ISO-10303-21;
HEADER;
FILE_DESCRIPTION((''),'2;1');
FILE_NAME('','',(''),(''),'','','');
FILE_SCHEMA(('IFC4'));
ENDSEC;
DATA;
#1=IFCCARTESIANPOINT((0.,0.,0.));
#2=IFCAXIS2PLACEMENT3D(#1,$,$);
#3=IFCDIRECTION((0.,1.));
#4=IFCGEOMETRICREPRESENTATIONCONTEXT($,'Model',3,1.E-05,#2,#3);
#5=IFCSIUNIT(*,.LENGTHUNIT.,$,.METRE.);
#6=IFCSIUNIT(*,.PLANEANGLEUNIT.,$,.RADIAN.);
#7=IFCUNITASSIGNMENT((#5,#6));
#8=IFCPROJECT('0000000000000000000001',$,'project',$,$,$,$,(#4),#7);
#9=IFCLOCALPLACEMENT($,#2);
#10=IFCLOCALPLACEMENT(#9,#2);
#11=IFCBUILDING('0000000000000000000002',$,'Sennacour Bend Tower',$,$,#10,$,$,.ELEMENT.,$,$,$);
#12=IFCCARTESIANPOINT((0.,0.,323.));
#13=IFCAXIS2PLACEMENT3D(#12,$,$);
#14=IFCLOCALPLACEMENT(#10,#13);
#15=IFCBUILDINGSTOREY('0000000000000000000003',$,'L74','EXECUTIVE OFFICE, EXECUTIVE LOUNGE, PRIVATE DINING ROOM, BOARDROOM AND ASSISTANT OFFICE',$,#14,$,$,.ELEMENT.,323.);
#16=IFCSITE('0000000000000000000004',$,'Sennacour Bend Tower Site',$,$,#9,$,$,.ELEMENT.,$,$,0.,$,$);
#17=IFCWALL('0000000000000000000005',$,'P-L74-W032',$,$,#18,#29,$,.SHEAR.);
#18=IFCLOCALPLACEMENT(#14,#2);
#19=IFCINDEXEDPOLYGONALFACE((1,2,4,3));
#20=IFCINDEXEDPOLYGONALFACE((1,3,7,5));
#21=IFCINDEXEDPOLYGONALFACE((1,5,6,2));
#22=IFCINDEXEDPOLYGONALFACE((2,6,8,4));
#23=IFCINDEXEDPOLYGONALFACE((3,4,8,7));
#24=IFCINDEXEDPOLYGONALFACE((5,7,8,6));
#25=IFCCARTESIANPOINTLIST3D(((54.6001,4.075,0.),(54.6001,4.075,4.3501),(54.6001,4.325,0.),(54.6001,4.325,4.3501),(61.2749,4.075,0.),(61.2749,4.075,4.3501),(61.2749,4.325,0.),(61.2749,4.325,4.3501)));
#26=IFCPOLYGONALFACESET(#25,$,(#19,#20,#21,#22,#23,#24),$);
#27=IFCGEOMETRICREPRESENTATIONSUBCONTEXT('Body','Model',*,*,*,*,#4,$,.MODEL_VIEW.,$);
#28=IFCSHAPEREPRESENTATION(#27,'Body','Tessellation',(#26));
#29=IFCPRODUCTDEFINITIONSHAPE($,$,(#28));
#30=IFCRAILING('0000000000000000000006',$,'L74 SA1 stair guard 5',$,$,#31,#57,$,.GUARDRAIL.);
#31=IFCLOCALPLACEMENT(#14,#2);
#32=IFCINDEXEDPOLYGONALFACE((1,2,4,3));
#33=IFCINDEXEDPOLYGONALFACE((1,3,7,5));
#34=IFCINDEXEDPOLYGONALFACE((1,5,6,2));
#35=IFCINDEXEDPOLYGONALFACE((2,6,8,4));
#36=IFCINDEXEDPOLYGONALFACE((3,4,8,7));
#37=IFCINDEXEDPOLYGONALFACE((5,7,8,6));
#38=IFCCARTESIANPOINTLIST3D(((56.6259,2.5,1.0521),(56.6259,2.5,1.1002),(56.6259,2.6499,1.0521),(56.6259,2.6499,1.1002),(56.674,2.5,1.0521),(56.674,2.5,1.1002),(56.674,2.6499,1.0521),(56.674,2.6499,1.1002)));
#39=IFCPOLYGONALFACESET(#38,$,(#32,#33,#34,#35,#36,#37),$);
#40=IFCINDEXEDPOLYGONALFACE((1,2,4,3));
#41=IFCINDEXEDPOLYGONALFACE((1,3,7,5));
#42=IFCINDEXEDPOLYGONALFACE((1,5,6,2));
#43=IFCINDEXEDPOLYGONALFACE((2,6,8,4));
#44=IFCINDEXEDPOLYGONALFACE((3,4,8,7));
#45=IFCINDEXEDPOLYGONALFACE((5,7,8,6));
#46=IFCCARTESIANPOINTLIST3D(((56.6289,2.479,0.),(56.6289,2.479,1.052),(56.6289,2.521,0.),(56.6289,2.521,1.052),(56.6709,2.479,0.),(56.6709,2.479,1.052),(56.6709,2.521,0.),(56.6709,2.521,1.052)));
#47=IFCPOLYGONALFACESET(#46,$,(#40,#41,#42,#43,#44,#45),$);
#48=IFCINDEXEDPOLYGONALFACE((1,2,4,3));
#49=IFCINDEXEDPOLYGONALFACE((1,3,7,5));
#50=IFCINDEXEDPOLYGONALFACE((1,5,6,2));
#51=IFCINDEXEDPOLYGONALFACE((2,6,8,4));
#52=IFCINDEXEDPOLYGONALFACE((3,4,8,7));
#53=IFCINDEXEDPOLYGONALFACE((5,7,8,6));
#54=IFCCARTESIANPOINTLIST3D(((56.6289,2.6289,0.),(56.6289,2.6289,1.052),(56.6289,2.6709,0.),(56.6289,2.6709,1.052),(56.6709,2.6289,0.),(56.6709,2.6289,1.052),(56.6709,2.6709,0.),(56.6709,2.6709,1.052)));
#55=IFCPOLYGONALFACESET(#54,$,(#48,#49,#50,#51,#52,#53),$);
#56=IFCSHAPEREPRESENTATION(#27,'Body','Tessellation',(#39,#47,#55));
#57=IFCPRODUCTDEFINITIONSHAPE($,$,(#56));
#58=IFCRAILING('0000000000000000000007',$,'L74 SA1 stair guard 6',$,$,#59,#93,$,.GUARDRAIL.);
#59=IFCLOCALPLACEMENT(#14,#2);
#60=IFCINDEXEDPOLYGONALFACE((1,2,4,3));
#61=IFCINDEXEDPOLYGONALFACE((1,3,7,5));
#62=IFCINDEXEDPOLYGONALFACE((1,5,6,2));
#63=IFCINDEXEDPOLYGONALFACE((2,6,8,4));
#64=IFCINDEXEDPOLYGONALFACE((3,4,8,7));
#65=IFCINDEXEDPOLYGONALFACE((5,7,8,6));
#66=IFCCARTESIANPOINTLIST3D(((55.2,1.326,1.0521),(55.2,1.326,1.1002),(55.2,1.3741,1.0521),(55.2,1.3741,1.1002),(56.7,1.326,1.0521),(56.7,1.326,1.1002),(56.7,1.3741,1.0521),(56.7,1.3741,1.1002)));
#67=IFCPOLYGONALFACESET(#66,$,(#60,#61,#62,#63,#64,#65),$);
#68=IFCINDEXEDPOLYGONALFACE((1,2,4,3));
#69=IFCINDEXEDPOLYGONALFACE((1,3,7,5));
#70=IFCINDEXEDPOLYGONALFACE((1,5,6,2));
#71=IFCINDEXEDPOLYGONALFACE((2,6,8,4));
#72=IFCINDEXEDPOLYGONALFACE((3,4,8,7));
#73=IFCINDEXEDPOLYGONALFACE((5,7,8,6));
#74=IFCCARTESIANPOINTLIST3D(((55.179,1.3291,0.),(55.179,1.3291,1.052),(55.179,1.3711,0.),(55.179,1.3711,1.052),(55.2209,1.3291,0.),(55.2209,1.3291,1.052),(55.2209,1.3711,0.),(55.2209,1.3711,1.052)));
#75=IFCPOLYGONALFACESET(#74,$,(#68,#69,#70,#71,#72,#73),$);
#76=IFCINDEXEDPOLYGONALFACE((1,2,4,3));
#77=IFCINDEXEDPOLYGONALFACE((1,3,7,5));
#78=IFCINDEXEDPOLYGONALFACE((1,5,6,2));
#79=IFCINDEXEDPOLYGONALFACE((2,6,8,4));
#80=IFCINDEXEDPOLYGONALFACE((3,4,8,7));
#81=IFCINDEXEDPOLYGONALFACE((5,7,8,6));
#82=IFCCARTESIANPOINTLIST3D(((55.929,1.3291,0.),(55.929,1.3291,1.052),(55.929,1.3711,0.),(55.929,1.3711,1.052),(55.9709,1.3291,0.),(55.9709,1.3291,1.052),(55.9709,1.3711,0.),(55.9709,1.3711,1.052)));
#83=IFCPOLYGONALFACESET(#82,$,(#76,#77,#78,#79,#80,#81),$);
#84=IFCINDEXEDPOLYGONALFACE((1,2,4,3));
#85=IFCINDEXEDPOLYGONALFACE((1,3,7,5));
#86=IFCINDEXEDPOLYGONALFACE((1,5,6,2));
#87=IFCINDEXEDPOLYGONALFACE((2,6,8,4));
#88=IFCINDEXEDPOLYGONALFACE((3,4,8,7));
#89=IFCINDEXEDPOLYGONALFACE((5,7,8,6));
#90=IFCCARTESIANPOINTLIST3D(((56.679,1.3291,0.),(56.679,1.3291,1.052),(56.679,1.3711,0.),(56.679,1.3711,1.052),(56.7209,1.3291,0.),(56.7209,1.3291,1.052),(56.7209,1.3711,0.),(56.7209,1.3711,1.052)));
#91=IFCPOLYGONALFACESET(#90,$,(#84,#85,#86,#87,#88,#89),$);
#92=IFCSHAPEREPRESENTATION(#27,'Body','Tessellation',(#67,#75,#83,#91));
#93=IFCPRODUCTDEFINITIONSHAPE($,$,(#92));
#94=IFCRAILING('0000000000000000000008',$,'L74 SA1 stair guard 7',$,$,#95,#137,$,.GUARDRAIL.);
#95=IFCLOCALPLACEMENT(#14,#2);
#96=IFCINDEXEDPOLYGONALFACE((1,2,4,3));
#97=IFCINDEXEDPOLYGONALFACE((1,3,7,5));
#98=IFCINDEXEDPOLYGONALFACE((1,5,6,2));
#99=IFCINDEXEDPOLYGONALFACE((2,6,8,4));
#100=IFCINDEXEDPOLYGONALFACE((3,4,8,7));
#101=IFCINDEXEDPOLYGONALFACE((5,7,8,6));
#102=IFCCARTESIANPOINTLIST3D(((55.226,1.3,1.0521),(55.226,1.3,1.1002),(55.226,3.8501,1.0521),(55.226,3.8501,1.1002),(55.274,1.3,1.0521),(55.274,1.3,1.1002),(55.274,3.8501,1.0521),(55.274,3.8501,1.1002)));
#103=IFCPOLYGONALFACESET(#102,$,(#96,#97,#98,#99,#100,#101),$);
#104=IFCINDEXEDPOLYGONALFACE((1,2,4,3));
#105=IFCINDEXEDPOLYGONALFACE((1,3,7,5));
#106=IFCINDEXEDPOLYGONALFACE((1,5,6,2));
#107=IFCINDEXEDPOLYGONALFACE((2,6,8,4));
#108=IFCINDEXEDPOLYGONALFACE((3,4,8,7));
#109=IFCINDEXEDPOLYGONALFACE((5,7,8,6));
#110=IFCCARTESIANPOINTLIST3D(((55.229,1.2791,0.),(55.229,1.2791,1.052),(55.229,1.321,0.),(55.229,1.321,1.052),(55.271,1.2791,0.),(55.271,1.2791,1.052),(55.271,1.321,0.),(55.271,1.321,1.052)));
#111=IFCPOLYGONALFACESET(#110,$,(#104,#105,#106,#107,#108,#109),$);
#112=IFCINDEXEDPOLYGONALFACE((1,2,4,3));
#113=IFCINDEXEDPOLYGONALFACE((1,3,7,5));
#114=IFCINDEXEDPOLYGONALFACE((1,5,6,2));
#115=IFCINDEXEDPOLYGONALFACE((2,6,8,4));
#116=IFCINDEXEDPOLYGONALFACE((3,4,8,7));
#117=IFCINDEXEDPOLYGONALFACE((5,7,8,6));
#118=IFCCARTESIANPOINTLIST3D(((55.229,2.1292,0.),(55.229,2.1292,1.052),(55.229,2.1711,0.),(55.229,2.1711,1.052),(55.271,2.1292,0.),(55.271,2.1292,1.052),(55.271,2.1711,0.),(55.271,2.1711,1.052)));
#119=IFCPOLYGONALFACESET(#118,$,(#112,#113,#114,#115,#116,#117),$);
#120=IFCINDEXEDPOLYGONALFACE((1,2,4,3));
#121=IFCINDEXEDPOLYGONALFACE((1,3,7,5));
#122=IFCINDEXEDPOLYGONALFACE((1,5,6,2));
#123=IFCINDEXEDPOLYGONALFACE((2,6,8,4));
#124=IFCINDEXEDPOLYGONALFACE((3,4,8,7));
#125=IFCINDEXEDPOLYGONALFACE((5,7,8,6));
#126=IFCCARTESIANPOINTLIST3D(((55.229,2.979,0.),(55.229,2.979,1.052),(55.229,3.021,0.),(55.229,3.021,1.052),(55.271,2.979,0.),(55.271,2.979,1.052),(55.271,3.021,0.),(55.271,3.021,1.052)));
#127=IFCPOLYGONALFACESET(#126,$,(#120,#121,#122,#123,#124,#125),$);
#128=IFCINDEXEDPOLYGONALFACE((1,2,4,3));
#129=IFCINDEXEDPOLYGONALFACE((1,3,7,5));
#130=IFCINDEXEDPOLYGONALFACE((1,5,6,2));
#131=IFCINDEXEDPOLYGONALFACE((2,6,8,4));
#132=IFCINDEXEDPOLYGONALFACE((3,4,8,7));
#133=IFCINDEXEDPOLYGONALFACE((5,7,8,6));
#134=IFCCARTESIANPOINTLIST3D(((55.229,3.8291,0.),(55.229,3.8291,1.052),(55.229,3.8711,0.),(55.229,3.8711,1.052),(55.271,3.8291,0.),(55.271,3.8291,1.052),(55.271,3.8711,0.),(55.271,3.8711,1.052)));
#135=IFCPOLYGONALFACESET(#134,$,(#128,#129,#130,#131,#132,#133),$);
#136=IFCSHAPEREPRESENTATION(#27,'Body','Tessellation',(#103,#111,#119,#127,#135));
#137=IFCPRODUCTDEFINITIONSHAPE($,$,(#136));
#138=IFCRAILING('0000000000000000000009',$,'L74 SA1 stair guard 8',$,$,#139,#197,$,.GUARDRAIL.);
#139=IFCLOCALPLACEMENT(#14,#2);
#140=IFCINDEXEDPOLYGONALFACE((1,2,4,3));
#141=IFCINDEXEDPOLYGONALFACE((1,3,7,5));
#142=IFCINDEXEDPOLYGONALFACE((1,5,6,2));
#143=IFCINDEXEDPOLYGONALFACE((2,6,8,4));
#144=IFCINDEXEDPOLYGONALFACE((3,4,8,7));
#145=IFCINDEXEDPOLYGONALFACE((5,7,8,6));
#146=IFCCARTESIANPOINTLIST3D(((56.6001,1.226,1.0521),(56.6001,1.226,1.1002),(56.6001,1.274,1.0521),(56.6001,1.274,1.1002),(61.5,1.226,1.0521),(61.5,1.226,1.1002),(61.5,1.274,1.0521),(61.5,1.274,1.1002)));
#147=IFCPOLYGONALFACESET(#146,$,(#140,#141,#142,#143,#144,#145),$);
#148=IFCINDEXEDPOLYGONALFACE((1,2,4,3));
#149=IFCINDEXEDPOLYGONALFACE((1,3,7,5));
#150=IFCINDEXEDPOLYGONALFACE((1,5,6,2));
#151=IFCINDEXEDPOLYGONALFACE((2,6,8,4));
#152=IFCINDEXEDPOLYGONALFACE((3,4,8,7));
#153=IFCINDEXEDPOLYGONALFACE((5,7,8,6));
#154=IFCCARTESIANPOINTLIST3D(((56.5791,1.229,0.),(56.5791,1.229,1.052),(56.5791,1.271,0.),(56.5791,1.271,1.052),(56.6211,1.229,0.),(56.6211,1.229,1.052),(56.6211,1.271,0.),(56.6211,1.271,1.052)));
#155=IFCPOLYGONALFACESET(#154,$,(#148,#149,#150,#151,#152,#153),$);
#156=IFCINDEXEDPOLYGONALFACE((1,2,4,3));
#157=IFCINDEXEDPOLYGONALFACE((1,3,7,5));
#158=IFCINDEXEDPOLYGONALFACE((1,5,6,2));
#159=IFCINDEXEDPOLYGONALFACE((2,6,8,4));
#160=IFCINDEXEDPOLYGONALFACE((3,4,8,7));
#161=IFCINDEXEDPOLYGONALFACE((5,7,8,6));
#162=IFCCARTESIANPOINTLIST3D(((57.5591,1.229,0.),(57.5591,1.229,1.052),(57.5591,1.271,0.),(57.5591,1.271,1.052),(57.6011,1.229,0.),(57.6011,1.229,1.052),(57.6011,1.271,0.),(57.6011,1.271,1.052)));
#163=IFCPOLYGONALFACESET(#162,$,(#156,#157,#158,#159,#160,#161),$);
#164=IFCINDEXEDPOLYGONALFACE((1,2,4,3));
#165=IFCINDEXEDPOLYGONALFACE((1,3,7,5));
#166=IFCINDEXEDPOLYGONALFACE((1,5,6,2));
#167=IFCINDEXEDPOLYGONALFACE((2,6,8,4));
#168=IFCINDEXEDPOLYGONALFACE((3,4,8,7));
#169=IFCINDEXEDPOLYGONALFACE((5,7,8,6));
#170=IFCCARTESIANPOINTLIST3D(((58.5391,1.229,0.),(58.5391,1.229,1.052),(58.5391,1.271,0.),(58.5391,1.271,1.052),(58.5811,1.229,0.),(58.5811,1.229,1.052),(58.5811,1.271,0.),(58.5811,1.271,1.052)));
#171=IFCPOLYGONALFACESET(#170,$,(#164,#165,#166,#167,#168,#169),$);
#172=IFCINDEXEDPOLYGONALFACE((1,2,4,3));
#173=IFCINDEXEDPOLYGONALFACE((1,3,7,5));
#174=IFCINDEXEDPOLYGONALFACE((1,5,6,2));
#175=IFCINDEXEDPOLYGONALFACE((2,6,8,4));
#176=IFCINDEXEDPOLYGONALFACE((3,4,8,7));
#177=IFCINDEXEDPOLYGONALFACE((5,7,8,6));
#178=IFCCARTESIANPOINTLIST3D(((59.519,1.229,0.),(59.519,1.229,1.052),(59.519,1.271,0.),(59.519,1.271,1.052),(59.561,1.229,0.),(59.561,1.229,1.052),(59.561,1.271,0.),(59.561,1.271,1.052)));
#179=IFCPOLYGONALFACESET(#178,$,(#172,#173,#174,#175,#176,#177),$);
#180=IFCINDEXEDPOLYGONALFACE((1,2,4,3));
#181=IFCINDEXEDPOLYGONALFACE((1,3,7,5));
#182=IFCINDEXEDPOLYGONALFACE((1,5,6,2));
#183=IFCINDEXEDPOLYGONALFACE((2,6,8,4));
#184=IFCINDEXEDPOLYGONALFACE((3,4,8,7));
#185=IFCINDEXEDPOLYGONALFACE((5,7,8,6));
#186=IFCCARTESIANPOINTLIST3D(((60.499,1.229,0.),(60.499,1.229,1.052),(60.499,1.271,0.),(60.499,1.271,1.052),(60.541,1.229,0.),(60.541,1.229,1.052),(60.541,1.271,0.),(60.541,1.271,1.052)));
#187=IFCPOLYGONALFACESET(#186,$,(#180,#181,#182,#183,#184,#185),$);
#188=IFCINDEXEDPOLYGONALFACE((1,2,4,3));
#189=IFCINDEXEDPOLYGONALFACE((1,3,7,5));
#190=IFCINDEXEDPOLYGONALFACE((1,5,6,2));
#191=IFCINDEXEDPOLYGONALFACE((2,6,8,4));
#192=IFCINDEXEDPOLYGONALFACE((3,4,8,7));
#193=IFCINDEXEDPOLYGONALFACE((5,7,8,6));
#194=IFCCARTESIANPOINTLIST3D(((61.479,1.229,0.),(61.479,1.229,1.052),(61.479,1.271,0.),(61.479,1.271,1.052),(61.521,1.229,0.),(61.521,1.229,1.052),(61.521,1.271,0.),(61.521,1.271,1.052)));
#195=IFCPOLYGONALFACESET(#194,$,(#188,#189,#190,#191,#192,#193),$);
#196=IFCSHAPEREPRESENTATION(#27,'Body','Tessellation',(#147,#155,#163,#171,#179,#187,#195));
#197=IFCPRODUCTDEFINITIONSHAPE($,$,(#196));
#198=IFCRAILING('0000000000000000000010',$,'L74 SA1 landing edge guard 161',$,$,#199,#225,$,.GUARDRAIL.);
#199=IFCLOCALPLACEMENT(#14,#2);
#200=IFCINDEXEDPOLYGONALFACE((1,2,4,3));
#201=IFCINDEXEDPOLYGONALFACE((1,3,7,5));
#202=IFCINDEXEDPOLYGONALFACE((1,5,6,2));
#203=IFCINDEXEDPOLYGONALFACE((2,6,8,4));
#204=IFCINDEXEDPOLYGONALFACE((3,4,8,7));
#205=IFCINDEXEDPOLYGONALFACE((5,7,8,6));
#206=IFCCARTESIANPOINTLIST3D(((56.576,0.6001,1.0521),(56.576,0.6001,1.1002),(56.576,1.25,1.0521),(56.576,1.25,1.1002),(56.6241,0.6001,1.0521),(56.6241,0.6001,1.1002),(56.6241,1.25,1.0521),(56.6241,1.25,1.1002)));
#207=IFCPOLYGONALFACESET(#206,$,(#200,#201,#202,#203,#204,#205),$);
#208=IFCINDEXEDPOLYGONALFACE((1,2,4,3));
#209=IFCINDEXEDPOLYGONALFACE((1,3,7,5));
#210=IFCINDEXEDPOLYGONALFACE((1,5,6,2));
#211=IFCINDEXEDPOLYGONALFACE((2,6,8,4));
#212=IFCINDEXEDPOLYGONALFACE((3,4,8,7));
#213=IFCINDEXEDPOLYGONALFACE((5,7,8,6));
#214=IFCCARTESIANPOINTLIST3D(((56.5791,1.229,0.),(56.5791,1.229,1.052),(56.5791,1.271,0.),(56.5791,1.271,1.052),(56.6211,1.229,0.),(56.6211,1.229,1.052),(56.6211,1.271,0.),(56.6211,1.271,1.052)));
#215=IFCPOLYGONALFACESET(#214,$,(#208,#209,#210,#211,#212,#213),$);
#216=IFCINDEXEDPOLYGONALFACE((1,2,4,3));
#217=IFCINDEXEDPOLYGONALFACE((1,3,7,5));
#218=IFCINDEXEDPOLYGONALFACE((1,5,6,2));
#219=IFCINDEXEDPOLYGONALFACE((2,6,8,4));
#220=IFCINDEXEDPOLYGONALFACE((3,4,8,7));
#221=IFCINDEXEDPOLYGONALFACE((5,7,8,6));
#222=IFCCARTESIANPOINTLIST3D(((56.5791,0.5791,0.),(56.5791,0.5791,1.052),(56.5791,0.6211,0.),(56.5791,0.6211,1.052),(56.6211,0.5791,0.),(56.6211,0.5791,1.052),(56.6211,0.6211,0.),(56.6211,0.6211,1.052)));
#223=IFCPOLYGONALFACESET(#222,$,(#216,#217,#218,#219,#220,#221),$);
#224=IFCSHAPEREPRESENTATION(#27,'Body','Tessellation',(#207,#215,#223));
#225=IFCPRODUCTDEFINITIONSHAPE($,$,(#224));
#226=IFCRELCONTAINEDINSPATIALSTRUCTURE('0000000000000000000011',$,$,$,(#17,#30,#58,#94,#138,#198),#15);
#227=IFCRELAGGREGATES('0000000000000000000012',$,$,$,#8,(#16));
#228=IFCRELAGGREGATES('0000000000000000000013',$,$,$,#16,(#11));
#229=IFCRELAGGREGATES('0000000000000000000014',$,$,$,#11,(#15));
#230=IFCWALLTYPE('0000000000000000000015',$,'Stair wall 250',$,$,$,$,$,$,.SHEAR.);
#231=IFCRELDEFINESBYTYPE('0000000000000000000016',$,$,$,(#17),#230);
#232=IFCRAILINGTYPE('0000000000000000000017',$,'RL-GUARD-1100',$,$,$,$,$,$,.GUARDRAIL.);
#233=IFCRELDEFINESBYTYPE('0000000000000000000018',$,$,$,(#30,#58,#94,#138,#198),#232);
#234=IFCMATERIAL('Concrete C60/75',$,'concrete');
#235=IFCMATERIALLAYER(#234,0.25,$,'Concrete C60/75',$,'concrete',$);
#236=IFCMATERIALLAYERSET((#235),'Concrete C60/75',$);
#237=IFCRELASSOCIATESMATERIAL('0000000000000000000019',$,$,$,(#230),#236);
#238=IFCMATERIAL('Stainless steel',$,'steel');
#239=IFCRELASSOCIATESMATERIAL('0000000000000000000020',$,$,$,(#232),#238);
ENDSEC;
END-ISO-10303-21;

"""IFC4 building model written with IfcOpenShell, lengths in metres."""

from ifc_helpers import new_model, si_unit, direction, frame, frame_2d, origin, origin_2d, place, context, subcontext, project, spatial, rectangle, extrude, material, layer, layer_set, type_object, element, save


model = new_model("IFC4")

# Units and contexts
model_context = context("Model", 3, precision=1e-05, world=origin(), true_north=direction((0.0, 1.0)))
body_context = subcontext(model_context, "Body", "Model", "MODEL_VIEW")
ifc_project = project(units=[si_unit("LENGTHUNIT", "METRE"), si_unit("PLANEANGLEUNIT", "RADIAN")], contexts=[model_context])

# Site, building, storey
site_placement = place(None, origin())
site = spatial("IfcSite", under=ifc_project, at=site_placement, Name="Sennacour Bend Tower Site", CompositionType="ELEMENT", RefElevation=0.0)
building_placement = place(site_placement, origin())
building = spatial("IfcBuilding", under=site, at=building_placement, Name="Sennacour Bend Tower", CompositionType="ELEMENT")
storey_placement = place(building_placement, frame((0.0, 0.0, 323.0)))
storey = spatial("IfcBuildingStorey", under=building, at=storey_placement, Name="L74", Description="EXECUTIVE OFFICE, EXECUTIVE LOUNGE, PRIVATE DINING ROOM, BOARDROOM AND ASSISTANT OFFICE", CompositionType="ELEMENT", Elevation=323.0)

# Shared definitions
ifc_material_1 = material(Name="Stainless steel", Category="steel")

# Wall
ifc_material_2 = material(Name="Concrete C60/75", Category="concrete")
ifc_layer_1 = layer(ifc_material_2, 0.25, Name="Concrete C60/75", Category="concrete")
ifc_layer_set_1 = layer_set([ifc_layer_1], Name="Concrete C60/75")
wall_type_1 = type_object("IfcWallType", Name="Stair wall 250", PredefinedType="SHEAR", material=ifc_layer_set_1)
wall_1_placement = place(storey_placement, frame((54.6001, 4.2, 0.0), z_axis=(0.0, 0.0, 1.0), x_axis=(1.0, 0.0, 0.0)))
element("IfcWall", 1, at=wall_1_placement, inside=storey, type_object=wall_type_1, Name="P-L74-W032", PredefinedType="SHEAR", context=body_context, shape_type="SweptSolid", body=[
    extrude(rectangle(XDim=6.6748, YDim=0.25, at=frame_2d((3.3374, 0.0))), origin(), (0.0, 0.0, 1.0), 4.3501),
])

# Railings
railing_type_1 = type_object("IfcRailingType", Name="RL-GUARD-1100", PredefinedType="GUARDRAIL", material=ifc_material_1)
railing_1_placement = place(storey_placement, frame((56.6499, 2.5, 0.0)))
element("IfcRailing", 2, at=railing_1_placement, inside=storey, type_object=railing_type_1, Name="L74 SA1 stair guard 5", PredefinedType="GUARDRAIL", context=body_context, shape_type="SweptSolid", body=[
    extrude(rectangle(XDim=0.0481, YDim=0.0481, at=origin_2d()), frame((0.0, 0.0, 1.0762), z_axis=(0.0, 1.0, 0.0), x_axis=(-1.0, 0.0, 0.0)), (0.0, 0.0, 1.0), 0.1499),
    extrude(rectangle(XDim=0.042, YDim=0.042, at=origin_2d()), origin(), (0.0, 0.0, 1.0), 1.052),
    extrude(rectangle(XDim=0.042, YDim=0.042, at=origin_2d()), frame((0.0, 0.1499, 0.0)), (0.0, 0.0, 1.0), 1.052),
])
railing_2_placement = place(storey_placement, frame((55.2, 1.3501, 0.0)))
element("IfcRailing", 3, at=railing_2_placement, inside=storey, type_object=railing_type_1, Name="L74 SA1 stair guard 6", PredefinedType="GUARDRAIL", context=body_context, shape_type="SweptSolid", body=[
    extrude(rectangle(XDim=0.0481, YDim=0.0481, at=origin_2d()), frame((0.0, 0.0, 1.0762), z_axis=(1.0, 0.0, 0.0), x_axis=(0.0, 1.0, 0.0)), (0.0, 0.0, 1.0), 1.5),
    extrude(rectangle(XDim=0.042, YDim=0.042, at=origin_2d()), origin(), (0.0, 0.0, 1.0), 1.052),
    extrude(rectangle(XDim=0.042, YDim=0.042, at=origin_2d()), frame((0.75, 0.0, 0.0)), (0.0, 0.0, 1.0), 1.052),
    extrude(rectangle(XDim=0.042, YDim=0.042, at=origin_2d()), frame((1.5, 0.0, 0.0)), (0.0, 0.0, 1.0), 1.052),
])
railing_3_placement = place(storey_placement, frame((55.25, 1.3, 0.0)))
element("IfcRailing", 4, at=railing_3_placement, inside=storey, type_object=railing_type_1, Name="L74 SA1 stair guard 7", PredefinedType="GUARDRAIL", context=body_context, shape_type="SweptSolid", body=[
    extrude(rectangle(XDim=0.0481, YDim=0.0481, at=origin_2d()), frame((0.0, 0.0, 1.0762), z_axis=(0.0, 1.0, 0.0), x_axis=(-1.0, 0.0, 0.0)), (0.0, 0.0, 1.0), 2.55),
    extrude(rectangle(XDim=0.042, YDim=0.042, at=origin_2d()), origin(), (0.0, 0.0, 1.0), 1.052),
    extrude(rectangle(XDim=0.042, YDim=0.042, at=origin_2d()), frame((0.0, 0.8501, 0.0)), (0.0, 0.0, 1.0), 1.052),
    extrude(rectangle(XDim=0.042, YDim=0.042, at=origin_2d()), frame((0.0, 1.7, 0.0)), (0.0, 0.0, 1.0), 1.052),
    extrude(rectangle(XDim=0.042, YDim=0.042, at=origin_2d()), frame((0.0, 2.55, 0.0)), (0.0, 0.0, 1.0), 1.052),
])
railing_4_placement = place(storey_placement, frame((56.6001, 1.25, 0.0)))
element("IfcRailing", 5, at=railing_4_placement, inside=storey, type_object=railing_type_1, Name="L74 SA1 stair guard 8", PredefinedType="GUARDRAIL", context=body_context, shape_type="SweptSolid", body=[
    extrude(rectangle(XDim=0.0481, YDim=0.0481, at=origin_2d()), frame((0.0, 0.0, 1.0762), z_axis=(1.0, 0.0, 0.0), x_axis=(0.0, 1.0, 0.0)), (0.0, 0.0, 1.0), 4.8999),
    extrude(rectangle(XDim=0.042, YDim=0.042, at=origin_2d()), origin(), (0.0, 0.0, 1.0), 1.052),
    extrude(rectangle(XDim=0.042, YDim=0.042, at=origin_2d()), frame((0.98, 0.0, 0.0)), (0.0, 0.0, 1.0), 1.052),
    extrude(rectangle(XDim=0.042, YDim=0.042, at=origin_2d()), frame((1.96, 0.0, 0.0)), (0.0, 0.0, 1.0), 1.052),
    extrude(rectangle(XDim=0.042, YDim=0.042, at=origin_2d()), frame((2.9399, 0.0, 0.0)), (0.0, 0.0, 1.0), 1.052),
    extrude(rectangle(XDim=0.042, YDim=0.042, at=origin_2d()), frame((3.9199, 0.0, 0.0)), (0.0, 0.0, 1.0), 1.052),
    extrude(rectangle(XDim=0.042, YDim=0.042, at=origin_2d()), frame((4.8999, 0.0, 0.0)), (0.0, 0.0, 1.0), 1.052),
])
railing_5_placement = place(storey_placement, frame((56.6001, 1.25, 0.0)))
element("IfcRailing", 6, at=railing_5_placement, inside=storey, type_object=railing_type_1, Name="L74 SA1 landing edge guard 161", PredefinedType="GUARDRAIL", context=body_context, shape_type="SweptSolid", body=[
    extrude(rectangle(XDim=0.0481, YDim=0.0481, at=origin_2d()), frame((0.0, 0.0, 1.0762), z_axis=(0.0, -1.0, 0.0), x_axis=(1.0, 0.0, 0.0)), (0.0, 0.0, 1.0), 0.6499),
    extrude(rectangle(XDim=0.042, YDim=0.042, at=origin_2d()), origin(), (0.0, 0.0, 1.0), 1.052),
    extrude(rectangle(XDim=0.042, YDim=0.042, at=origin_2d()), frame((0.0, -0.6499, 0.0)), (0.0, 0.0, 1.0), 1.052),
])

save(model, "model.ifc")
